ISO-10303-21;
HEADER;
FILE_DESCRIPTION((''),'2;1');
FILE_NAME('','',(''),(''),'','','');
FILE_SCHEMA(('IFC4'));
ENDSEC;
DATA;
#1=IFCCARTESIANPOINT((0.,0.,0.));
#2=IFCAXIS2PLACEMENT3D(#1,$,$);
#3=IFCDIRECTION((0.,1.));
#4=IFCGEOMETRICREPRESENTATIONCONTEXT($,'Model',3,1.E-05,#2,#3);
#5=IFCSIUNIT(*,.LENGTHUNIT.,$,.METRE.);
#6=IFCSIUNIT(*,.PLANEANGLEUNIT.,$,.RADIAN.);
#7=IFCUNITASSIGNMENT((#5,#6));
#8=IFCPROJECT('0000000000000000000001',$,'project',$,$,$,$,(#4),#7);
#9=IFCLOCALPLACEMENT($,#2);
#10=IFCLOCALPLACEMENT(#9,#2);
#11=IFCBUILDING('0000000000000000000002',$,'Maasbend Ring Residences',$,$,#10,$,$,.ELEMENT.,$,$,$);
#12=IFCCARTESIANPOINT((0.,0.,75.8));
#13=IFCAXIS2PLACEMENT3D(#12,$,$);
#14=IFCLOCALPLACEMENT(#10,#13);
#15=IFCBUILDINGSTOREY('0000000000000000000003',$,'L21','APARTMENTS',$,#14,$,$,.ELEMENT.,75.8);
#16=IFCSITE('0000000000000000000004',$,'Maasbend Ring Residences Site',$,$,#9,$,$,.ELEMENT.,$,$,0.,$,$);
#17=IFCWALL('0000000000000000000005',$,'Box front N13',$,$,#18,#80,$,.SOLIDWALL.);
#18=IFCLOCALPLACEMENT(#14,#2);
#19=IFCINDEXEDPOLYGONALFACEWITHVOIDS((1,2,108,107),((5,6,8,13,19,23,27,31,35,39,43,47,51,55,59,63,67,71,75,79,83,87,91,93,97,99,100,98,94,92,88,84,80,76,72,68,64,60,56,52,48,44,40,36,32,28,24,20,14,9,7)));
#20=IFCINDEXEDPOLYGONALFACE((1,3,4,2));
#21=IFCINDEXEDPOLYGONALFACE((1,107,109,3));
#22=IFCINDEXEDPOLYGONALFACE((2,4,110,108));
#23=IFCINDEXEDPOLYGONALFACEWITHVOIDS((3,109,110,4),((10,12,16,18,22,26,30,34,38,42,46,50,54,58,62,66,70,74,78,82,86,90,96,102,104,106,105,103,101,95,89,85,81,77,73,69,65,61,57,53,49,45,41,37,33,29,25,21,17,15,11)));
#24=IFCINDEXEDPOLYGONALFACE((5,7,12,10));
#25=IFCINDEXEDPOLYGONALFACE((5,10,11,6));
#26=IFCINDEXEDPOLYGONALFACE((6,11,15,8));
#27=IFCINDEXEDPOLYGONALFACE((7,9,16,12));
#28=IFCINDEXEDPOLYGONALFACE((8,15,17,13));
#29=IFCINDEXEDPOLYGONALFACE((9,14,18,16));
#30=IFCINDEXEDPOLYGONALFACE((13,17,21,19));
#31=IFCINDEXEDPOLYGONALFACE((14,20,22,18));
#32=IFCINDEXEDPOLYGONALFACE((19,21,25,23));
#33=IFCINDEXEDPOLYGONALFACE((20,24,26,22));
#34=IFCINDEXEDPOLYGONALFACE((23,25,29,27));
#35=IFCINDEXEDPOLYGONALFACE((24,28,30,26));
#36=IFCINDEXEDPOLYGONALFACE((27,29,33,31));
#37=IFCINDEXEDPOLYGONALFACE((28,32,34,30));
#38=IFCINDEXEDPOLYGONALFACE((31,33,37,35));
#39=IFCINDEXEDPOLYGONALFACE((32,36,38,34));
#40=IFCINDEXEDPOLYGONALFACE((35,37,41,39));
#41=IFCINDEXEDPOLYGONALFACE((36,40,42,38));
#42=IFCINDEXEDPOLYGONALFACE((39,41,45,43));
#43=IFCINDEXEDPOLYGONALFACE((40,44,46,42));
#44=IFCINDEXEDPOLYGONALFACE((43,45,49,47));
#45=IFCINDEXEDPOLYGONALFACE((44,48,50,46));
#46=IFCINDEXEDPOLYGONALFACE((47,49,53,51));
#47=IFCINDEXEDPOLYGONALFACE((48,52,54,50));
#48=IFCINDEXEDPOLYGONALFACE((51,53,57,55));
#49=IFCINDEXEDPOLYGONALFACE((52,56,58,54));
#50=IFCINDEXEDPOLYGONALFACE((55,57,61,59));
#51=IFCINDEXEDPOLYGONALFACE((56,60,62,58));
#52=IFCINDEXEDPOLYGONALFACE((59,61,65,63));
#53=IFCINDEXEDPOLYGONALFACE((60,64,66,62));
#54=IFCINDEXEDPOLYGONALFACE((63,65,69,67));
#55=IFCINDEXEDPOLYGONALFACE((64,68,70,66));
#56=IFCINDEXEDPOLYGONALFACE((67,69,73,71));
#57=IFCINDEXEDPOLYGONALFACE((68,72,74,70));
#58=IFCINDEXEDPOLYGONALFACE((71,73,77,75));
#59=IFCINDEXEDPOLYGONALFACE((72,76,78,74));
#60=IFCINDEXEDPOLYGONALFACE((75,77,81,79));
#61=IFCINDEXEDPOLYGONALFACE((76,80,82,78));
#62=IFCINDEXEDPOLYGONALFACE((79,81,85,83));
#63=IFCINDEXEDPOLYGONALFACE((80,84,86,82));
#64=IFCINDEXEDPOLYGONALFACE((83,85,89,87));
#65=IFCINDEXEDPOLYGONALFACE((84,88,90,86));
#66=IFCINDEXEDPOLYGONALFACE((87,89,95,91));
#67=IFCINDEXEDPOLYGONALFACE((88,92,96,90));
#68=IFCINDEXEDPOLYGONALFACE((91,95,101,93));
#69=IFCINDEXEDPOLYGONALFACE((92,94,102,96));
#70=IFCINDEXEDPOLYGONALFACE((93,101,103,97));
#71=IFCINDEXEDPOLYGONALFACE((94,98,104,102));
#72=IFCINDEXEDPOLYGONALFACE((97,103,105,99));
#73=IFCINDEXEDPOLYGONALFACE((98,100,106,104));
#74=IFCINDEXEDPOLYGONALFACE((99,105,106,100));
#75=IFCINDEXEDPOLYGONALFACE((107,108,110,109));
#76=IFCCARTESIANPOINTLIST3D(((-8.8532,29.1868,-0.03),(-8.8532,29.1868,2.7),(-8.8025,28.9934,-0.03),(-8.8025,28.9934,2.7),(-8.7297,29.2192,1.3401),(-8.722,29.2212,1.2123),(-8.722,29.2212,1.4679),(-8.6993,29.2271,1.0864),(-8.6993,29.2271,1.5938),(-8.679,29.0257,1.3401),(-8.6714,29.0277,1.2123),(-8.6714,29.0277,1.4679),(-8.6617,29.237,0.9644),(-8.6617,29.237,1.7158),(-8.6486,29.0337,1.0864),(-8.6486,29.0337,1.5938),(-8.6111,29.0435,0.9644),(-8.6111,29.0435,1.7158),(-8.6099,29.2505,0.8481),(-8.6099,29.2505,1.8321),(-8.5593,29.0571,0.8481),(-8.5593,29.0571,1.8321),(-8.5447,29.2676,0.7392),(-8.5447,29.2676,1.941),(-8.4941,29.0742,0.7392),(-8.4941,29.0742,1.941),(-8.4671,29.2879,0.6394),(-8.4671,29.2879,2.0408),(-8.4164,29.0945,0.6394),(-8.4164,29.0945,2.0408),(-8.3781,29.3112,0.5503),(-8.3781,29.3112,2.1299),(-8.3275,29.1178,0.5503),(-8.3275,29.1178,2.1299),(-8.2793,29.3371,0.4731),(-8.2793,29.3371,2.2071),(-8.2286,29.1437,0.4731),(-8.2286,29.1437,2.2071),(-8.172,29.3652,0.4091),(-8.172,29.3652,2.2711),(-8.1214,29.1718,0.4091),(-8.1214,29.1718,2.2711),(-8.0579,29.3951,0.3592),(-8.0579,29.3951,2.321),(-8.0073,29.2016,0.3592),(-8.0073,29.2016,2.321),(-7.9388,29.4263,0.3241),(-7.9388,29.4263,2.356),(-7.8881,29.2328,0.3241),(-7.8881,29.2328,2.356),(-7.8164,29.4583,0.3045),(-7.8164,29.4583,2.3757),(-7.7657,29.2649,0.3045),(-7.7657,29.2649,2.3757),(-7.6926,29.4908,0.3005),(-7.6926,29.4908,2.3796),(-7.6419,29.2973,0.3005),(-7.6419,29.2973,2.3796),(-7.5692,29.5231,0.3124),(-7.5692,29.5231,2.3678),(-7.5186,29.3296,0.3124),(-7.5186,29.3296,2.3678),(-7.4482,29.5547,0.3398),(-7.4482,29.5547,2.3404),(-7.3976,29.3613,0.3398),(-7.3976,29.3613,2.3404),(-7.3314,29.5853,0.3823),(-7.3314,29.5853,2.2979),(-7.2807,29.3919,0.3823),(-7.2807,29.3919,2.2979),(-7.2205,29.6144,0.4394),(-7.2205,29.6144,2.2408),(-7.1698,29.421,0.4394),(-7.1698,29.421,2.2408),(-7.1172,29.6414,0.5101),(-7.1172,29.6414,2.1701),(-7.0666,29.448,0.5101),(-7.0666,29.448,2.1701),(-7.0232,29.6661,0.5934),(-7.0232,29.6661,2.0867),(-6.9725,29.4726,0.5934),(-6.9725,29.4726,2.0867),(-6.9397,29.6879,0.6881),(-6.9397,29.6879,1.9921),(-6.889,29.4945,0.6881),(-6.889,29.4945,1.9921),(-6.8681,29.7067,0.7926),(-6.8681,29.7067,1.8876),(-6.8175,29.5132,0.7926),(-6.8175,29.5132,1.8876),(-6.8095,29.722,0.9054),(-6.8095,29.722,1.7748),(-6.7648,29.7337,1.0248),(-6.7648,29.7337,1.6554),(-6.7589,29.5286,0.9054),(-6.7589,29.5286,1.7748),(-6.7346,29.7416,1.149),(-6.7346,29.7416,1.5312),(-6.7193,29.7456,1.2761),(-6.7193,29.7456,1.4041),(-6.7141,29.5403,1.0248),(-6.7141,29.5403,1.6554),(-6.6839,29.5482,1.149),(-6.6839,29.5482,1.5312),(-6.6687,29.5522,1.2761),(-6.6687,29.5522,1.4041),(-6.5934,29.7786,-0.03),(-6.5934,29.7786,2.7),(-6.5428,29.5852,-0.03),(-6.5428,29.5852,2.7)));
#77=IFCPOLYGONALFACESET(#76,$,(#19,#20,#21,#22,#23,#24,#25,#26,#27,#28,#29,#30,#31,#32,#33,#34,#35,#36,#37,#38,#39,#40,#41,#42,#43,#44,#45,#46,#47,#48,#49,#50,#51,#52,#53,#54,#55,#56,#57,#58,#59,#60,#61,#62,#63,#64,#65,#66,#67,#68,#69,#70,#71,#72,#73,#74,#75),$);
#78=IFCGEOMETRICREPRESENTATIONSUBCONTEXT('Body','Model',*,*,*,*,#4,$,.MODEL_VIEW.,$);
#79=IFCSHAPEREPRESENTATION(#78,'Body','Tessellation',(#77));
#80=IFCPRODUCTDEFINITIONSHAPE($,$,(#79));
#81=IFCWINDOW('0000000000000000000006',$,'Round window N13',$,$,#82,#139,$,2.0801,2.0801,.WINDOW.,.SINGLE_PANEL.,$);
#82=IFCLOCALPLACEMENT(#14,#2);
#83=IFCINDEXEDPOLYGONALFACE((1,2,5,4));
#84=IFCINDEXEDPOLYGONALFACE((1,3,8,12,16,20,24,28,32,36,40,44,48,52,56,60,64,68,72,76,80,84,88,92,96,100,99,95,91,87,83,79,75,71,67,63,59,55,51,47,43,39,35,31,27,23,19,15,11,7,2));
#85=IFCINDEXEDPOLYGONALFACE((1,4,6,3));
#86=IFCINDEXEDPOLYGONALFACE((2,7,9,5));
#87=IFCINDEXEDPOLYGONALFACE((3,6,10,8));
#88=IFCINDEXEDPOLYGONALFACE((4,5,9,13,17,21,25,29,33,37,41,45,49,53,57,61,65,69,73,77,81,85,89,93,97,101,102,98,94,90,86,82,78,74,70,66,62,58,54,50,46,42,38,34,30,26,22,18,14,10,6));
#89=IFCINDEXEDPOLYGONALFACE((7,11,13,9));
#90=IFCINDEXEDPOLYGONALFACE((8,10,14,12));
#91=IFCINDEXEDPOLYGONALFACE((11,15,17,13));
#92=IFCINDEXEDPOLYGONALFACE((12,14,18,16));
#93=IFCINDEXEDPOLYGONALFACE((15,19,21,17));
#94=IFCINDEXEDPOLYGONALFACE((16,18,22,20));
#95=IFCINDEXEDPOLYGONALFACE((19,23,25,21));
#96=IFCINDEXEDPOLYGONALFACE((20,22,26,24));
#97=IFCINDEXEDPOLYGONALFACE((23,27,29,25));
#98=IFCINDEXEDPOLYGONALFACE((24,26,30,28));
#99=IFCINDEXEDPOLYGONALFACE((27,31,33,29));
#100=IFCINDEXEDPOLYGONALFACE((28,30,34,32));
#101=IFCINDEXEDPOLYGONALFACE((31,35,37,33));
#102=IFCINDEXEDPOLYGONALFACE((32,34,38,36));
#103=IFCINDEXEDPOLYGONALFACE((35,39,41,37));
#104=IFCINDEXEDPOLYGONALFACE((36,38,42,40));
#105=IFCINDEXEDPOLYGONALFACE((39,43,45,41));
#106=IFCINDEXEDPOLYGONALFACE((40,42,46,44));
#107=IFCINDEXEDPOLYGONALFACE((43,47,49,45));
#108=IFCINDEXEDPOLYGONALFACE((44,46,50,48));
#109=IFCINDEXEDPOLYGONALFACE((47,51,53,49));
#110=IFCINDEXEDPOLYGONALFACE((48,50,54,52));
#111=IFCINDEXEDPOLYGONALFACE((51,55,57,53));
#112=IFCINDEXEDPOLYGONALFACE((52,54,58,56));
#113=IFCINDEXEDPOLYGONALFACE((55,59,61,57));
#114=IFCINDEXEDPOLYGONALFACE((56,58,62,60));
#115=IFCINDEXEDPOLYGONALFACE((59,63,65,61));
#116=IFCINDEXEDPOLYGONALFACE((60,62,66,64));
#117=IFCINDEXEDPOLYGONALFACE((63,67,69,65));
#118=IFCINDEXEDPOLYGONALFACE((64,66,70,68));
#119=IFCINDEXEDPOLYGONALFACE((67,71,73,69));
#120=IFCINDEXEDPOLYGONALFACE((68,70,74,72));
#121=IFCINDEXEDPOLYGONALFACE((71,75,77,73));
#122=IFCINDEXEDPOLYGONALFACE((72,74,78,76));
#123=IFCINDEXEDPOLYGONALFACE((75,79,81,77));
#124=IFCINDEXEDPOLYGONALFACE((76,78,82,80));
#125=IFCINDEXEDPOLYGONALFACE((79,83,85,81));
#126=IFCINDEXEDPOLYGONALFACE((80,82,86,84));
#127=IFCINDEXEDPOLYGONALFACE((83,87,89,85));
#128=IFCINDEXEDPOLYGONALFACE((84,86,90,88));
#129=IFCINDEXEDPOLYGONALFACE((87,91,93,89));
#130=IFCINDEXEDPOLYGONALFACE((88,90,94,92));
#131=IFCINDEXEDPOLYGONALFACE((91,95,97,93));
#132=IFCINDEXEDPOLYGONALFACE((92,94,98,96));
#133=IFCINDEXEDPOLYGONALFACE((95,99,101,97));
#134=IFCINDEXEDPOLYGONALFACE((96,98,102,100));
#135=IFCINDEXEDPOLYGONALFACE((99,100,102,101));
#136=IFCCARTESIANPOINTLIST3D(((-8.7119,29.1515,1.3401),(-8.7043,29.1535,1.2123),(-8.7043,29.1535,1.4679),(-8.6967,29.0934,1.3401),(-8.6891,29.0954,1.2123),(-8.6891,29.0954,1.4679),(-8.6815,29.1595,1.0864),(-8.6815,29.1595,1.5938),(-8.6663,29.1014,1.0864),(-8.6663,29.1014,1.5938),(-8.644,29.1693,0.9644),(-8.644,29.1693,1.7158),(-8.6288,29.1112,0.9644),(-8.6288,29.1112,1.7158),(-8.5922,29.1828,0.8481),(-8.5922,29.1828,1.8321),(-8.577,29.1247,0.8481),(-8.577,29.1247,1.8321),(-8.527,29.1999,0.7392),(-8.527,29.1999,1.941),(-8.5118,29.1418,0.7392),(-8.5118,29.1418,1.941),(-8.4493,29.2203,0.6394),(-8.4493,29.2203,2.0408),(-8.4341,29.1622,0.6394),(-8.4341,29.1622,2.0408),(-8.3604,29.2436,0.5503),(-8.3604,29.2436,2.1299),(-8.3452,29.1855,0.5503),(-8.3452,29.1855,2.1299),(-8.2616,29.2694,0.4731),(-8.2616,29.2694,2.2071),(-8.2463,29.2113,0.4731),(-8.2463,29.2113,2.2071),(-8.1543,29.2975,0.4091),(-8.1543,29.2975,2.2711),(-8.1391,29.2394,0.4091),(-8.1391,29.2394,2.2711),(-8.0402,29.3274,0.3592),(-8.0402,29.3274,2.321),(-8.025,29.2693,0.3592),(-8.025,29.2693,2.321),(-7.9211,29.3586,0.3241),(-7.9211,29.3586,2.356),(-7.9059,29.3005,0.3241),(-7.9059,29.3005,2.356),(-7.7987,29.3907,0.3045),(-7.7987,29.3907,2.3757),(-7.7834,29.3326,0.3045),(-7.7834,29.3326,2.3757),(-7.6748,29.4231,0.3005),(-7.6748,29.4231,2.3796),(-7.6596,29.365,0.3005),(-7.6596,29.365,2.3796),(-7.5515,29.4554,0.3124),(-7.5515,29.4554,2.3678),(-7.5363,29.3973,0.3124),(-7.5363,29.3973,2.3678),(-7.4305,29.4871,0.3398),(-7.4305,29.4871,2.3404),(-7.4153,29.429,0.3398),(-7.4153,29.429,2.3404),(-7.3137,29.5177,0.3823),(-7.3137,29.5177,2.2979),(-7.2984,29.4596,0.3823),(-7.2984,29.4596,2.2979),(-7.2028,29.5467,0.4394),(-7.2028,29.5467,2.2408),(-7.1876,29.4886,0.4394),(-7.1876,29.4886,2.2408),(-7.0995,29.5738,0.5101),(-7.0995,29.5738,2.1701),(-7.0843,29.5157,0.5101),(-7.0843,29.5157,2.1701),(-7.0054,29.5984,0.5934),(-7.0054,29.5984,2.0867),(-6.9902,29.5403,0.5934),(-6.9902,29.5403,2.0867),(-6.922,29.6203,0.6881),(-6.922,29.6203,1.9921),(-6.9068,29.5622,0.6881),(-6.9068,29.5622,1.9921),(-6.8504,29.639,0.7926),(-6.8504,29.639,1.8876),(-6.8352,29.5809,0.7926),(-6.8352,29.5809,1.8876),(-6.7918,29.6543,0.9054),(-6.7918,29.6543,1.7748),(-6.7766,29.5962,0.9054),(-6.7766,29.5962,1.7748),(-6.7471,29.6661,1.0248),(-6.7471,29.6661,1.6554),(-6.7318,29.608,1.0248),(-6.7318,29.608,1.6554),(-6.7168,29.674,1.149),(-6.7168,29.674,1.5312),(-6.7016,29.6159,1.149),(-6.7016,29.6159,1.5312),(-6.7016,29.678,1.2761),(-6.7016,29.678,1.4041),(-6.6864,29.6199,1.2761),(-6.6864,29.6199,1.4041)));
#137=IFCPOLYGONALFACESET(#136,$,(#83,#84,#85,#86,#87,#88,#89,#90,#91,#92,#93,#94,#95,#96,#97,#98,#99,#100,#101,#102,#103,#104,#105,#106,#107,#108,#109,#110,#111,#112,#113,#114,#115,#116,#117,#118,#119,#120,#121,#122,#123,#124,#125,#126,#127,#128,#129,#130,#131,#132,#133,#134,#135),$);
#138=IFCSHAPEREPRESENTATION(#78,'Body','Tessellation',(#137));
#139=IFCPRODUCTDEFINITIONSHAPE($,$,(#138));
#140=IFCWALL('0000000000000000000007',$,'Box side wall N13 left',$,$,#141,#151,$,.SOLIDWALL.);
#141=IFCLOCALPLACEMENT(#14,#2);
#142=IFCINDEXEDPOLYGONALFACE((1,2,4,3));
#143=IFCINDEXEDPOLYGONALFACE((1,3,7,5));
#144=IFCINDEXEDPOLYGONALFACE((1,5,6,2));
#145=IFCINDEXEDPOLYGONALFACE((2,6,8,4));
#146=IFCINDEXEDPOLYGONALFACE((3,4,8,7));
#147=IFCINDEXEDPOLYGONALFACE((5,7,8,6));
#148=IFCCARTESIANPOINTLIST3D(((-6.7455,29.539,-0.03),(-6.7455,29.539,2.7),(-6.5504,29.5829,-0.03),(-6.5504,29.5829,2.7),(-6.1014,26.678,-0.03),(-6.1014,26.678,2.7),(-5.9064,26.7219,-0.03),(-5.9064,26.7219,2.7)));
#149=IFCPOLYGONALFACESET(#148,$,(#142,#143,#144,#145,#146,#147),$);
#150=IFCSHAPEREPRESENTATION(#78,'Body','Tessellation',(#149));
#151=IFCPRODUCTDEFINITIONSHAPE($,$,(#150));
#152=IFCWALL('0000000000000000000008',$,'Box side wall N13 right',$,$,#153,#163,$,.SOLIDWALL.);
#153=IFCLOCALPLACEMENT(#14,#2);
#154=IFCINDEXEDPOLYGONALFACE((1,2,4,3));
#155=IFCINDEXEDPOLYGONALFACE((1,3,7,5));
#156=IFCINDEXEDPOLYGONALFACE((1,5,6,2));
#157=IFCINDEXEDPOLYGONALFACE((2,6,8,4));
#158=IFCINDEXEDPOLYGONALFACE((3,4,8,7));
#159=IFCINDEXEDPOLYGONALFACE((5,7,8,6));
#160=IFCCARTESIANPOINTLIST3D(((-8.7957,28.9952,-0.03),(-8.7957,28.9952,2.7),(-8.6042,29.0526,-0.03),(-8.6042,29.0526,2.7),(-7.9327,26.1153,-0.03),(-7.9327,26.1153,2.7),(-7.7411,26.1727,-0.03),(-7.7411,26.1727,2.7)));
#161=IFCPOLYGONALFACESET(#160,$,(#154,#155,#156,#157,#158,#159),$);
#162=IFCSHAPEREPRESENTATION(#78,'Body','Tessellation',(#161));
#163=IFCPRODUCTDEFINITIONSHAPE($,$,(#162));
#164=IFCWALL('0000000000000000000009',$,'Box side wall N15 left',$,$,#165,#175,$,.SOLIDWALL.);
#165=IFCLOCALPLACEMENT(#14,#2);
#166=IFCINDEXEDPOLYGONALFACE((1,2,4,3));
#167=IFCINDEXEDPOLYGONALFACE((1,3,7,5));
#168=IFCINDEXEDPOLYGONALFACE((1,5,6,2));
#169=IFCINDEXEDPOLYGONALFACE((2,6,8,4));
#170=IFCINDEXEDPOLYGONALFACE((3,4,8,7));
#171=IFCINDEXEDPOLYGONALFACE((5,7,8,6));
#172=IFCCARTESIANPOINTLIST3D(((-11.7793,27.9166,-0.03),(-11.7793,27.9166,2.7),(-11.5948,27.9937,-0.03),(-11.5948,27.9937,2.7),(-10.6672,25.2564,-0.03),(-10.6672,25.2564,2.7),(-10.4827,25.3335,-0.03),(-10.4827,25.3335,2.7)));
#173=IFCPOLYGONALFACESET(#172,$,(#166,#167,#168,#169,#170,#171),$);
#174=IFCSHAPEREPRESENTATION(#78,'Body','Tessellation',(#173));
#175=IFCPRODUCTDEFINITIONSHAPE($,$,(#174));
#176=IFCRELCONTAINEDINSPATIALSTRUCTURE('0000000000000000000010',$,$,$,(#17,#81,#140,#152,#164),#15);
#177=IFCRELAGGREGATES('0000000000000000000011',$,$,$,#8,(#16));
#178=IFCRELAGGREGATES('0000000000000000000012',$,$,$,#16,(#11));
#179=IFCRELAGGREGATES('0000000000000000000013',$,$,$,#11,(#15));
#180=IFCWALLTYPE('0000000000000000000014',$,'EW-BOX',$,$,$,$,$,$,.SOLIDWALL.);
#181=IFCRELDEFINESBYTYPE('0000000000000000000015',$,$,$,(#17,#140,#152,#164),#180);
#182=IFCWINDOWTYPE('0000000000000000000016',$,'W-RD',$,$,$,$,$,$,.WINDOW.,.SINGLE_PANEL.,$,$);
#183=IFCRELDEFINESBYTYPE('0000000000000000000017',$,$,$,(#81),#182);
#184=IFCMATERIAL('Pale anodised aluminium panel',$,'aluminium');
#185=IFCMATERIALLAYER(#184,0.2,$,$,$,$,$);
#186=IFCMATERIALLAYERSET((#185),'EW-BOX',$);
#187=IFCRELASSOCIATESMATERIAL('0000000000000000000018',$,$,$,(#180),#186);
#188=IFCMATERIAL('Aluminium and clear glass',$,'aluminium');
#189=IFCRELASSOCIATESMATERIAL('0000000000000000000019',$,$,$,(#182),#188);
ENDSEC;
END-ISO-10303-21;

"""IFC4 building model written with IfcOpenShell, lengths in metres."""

from ifc_helpers import new_model, si_unit, direction, frame, frame_2d, origin, place, context, subcontext, project, spatial, rectangle, circle, extrude, material, layer, layer_set, type_object, element, fill, save


model = new_model("IFC4")

# Units and contexts
model_context = context("Model", 3, precision=1e-05, world=origin(), true_north=direction((0.0, 1.0)))
body_context = subcontext(model_context, "Body", "Model", "MODEL_VIEW")
ifc_project = project(units=[si_unit("LENGTHUNIT", "METRE"), si_unit("PLANEANGLEUNIT", "RADIAN")], contexts=[model_context])

# Site, building, storey
site_placement = place(None, origin())
site = spatial("IfcSite", under=ifc_project, at=site_placement, Name="Maasbend Ring Residences Site", CompositionType="ELEMENT", RefElevation=0.0)
building_placement = place(site_placement, origin())
building = spatial("IfcBuilding", under=site, at=building_placement, Name="Maasbend Ring Residences", CompositionType="ELEMENT")
storey_placement = place(building_placement, frame((0.0, 0.0, 75.8)))
storey = spatial("IfcBuildingStorey", under=building, at=storey_placement, Name="L21", Description="APARTMENTS", CompositionType="ELEMENT", Elevation=75.8)

# Shared definitions
ifc_material_1 = material(Name="Pale anodised aluminium panel", Category="aluminium")
ifc_layer_1 = layer(ifc_material_1, 0.2)
ifc_layer_set_1 = layer_set([ifc_layer_1], Name="EW-BOX")
wall_type_1 = type_object("IfcWallType", Name="EW-BOX", PredefinedType="SOLIDWALL", material=ifc_layer_set_1)

# Wall, opening, window
wall_1_placement = place(storey_placement, frame((-6.5681, 29.6819, -0.03), z_axis=(0.0, 0.0, 1.0), x_axis=(-0.967377, -0.253341, 0.0)))
wall_1 = element("IfcWall", 1, at=wall_1_placement, inside=storey, type_object=wall_type_1, Name="Box front N13", PredefinedType="SOLIDWALL", context=body_context, shape_type="SweptSolid", body=[
    extrude(rectangle(XDim=2.3359, YDim=0.2, at=frame_2d((1.168, 0.0))), origin(), (0.0, 0.0, 1.0), 2.73),
])
opening_1_placement = place(wall_1_placement, frame((0.1282, 0.0, 0.3301)))
opening_1 = element("IfcOpeningElement", 2, at=opening_1_placement, cuts=wall_1, PredefinedType="OPENING", context=body_context, shape_type="SweptSolid", body=[
    extrude(circle(Radius=1.04, at=frame_2d((1.04, 1.04))), frame((0.0, 0.1099, 0.0), z_axis=(0.0, -1.0, 0.0), x_axis=(1.0, 0.0, 0.0)), (0.0, 0.0, 1.0), 0.22),
])
ifc_material_2 = material(Name="Aluminium and clear glass", Category="aluminium")
window_type_1 = type_object("IfcWindowType", Name="W-RD", PartitioningType="SINGLE_PANEL", PredefinedType="WINDOW", material=ifc_material_2)
window_1_placement = place(opening_1_placement, origin())
window_1 = element("IfcWindow", 3, at=window_1_placement, inside=storey, type_object=window_type_1, Name="Round window N13", OverallHeight=2.0801, OverallWidth=2.0801, PartitioningType="SINGLE_PANEL", PredefinedType="WINDOW", context=body_context, shape_type="SweptSolid", body=[
    extrude(circle(Radius=1.04, at=frame_2d((1.04, 1.04))), frame((0.0, 0.03, 0.0), z_axis=(0.0, -1.0, 0.0), x_axis=(1.0, 0.0, 0.0)), (0.0, 0.0, 1.0), 0.0601),
])
fill(opening_1, window_1)

# Walls
wall_2_placement = place(storey_placement, frame((-6.0039, 26.7, -0.03), z_axis=(0.0, 0.0, 1.0), x_axis=(-0.219609, 0.975588, 0.0)))
element("IfcWall", 4, at=wall_2_placement, inside=storey, type_object=wall_type_1, Name="Box side wall N13 left", PredefinedType="SOLIDWALL", context=body_context, shape_type="SweptSolid", body=[
    extrude(rectangle(XDim=2.9326, YDim=0.2, at=frame_2d((1.4663, 0.0))), origin(), (0.0, 0.0, 1.0), 2.73),
])
wall_3_placement = place(storey_placement, frame((-7.8369, 26.144, -0.03), z_axis=(0.0, 0.0, 1.0), x_axis=(-0.287065, 0.957911, 0.0)))
element("IfcWall", 5, at=wall_3_placement, inside=storey, type_object=wall_type_1, Name="Box side wall N13 right", PredefinedType="SOLIDWALL", context=body_context, shape_type="SweptSolid", body=[
    extrude(rectangle(XDim=3.0063, YDim=0.2, at=frame_2d((1.5032, 0.0))), origin(), (0.0, 0.0, 1.0), 2.73),
])
wall_4_placement = place(storey_placement, frame((-10.575, 25.2949, -0.03), z_axis=(0.0, 0.0, 1.0), x_axis=(-0.385697, 0.922625, 0.0)))
element("IfcWall", 6, at=wall_4_placement, inside=storey, type_object=wall_type_1, Name="Box side wall N15 left", PredefinedType="SOLIDWALL", context=body_context, shape_type="SweptSolid", body=[
    extrude(rectangle(XDim=2.8833, YDim=0.2, at=frame_2d((1.4417, 0.0))), origin(), (0.0, 0.0, 1.0), 2.73),
])

save(model, "model.ifc")
